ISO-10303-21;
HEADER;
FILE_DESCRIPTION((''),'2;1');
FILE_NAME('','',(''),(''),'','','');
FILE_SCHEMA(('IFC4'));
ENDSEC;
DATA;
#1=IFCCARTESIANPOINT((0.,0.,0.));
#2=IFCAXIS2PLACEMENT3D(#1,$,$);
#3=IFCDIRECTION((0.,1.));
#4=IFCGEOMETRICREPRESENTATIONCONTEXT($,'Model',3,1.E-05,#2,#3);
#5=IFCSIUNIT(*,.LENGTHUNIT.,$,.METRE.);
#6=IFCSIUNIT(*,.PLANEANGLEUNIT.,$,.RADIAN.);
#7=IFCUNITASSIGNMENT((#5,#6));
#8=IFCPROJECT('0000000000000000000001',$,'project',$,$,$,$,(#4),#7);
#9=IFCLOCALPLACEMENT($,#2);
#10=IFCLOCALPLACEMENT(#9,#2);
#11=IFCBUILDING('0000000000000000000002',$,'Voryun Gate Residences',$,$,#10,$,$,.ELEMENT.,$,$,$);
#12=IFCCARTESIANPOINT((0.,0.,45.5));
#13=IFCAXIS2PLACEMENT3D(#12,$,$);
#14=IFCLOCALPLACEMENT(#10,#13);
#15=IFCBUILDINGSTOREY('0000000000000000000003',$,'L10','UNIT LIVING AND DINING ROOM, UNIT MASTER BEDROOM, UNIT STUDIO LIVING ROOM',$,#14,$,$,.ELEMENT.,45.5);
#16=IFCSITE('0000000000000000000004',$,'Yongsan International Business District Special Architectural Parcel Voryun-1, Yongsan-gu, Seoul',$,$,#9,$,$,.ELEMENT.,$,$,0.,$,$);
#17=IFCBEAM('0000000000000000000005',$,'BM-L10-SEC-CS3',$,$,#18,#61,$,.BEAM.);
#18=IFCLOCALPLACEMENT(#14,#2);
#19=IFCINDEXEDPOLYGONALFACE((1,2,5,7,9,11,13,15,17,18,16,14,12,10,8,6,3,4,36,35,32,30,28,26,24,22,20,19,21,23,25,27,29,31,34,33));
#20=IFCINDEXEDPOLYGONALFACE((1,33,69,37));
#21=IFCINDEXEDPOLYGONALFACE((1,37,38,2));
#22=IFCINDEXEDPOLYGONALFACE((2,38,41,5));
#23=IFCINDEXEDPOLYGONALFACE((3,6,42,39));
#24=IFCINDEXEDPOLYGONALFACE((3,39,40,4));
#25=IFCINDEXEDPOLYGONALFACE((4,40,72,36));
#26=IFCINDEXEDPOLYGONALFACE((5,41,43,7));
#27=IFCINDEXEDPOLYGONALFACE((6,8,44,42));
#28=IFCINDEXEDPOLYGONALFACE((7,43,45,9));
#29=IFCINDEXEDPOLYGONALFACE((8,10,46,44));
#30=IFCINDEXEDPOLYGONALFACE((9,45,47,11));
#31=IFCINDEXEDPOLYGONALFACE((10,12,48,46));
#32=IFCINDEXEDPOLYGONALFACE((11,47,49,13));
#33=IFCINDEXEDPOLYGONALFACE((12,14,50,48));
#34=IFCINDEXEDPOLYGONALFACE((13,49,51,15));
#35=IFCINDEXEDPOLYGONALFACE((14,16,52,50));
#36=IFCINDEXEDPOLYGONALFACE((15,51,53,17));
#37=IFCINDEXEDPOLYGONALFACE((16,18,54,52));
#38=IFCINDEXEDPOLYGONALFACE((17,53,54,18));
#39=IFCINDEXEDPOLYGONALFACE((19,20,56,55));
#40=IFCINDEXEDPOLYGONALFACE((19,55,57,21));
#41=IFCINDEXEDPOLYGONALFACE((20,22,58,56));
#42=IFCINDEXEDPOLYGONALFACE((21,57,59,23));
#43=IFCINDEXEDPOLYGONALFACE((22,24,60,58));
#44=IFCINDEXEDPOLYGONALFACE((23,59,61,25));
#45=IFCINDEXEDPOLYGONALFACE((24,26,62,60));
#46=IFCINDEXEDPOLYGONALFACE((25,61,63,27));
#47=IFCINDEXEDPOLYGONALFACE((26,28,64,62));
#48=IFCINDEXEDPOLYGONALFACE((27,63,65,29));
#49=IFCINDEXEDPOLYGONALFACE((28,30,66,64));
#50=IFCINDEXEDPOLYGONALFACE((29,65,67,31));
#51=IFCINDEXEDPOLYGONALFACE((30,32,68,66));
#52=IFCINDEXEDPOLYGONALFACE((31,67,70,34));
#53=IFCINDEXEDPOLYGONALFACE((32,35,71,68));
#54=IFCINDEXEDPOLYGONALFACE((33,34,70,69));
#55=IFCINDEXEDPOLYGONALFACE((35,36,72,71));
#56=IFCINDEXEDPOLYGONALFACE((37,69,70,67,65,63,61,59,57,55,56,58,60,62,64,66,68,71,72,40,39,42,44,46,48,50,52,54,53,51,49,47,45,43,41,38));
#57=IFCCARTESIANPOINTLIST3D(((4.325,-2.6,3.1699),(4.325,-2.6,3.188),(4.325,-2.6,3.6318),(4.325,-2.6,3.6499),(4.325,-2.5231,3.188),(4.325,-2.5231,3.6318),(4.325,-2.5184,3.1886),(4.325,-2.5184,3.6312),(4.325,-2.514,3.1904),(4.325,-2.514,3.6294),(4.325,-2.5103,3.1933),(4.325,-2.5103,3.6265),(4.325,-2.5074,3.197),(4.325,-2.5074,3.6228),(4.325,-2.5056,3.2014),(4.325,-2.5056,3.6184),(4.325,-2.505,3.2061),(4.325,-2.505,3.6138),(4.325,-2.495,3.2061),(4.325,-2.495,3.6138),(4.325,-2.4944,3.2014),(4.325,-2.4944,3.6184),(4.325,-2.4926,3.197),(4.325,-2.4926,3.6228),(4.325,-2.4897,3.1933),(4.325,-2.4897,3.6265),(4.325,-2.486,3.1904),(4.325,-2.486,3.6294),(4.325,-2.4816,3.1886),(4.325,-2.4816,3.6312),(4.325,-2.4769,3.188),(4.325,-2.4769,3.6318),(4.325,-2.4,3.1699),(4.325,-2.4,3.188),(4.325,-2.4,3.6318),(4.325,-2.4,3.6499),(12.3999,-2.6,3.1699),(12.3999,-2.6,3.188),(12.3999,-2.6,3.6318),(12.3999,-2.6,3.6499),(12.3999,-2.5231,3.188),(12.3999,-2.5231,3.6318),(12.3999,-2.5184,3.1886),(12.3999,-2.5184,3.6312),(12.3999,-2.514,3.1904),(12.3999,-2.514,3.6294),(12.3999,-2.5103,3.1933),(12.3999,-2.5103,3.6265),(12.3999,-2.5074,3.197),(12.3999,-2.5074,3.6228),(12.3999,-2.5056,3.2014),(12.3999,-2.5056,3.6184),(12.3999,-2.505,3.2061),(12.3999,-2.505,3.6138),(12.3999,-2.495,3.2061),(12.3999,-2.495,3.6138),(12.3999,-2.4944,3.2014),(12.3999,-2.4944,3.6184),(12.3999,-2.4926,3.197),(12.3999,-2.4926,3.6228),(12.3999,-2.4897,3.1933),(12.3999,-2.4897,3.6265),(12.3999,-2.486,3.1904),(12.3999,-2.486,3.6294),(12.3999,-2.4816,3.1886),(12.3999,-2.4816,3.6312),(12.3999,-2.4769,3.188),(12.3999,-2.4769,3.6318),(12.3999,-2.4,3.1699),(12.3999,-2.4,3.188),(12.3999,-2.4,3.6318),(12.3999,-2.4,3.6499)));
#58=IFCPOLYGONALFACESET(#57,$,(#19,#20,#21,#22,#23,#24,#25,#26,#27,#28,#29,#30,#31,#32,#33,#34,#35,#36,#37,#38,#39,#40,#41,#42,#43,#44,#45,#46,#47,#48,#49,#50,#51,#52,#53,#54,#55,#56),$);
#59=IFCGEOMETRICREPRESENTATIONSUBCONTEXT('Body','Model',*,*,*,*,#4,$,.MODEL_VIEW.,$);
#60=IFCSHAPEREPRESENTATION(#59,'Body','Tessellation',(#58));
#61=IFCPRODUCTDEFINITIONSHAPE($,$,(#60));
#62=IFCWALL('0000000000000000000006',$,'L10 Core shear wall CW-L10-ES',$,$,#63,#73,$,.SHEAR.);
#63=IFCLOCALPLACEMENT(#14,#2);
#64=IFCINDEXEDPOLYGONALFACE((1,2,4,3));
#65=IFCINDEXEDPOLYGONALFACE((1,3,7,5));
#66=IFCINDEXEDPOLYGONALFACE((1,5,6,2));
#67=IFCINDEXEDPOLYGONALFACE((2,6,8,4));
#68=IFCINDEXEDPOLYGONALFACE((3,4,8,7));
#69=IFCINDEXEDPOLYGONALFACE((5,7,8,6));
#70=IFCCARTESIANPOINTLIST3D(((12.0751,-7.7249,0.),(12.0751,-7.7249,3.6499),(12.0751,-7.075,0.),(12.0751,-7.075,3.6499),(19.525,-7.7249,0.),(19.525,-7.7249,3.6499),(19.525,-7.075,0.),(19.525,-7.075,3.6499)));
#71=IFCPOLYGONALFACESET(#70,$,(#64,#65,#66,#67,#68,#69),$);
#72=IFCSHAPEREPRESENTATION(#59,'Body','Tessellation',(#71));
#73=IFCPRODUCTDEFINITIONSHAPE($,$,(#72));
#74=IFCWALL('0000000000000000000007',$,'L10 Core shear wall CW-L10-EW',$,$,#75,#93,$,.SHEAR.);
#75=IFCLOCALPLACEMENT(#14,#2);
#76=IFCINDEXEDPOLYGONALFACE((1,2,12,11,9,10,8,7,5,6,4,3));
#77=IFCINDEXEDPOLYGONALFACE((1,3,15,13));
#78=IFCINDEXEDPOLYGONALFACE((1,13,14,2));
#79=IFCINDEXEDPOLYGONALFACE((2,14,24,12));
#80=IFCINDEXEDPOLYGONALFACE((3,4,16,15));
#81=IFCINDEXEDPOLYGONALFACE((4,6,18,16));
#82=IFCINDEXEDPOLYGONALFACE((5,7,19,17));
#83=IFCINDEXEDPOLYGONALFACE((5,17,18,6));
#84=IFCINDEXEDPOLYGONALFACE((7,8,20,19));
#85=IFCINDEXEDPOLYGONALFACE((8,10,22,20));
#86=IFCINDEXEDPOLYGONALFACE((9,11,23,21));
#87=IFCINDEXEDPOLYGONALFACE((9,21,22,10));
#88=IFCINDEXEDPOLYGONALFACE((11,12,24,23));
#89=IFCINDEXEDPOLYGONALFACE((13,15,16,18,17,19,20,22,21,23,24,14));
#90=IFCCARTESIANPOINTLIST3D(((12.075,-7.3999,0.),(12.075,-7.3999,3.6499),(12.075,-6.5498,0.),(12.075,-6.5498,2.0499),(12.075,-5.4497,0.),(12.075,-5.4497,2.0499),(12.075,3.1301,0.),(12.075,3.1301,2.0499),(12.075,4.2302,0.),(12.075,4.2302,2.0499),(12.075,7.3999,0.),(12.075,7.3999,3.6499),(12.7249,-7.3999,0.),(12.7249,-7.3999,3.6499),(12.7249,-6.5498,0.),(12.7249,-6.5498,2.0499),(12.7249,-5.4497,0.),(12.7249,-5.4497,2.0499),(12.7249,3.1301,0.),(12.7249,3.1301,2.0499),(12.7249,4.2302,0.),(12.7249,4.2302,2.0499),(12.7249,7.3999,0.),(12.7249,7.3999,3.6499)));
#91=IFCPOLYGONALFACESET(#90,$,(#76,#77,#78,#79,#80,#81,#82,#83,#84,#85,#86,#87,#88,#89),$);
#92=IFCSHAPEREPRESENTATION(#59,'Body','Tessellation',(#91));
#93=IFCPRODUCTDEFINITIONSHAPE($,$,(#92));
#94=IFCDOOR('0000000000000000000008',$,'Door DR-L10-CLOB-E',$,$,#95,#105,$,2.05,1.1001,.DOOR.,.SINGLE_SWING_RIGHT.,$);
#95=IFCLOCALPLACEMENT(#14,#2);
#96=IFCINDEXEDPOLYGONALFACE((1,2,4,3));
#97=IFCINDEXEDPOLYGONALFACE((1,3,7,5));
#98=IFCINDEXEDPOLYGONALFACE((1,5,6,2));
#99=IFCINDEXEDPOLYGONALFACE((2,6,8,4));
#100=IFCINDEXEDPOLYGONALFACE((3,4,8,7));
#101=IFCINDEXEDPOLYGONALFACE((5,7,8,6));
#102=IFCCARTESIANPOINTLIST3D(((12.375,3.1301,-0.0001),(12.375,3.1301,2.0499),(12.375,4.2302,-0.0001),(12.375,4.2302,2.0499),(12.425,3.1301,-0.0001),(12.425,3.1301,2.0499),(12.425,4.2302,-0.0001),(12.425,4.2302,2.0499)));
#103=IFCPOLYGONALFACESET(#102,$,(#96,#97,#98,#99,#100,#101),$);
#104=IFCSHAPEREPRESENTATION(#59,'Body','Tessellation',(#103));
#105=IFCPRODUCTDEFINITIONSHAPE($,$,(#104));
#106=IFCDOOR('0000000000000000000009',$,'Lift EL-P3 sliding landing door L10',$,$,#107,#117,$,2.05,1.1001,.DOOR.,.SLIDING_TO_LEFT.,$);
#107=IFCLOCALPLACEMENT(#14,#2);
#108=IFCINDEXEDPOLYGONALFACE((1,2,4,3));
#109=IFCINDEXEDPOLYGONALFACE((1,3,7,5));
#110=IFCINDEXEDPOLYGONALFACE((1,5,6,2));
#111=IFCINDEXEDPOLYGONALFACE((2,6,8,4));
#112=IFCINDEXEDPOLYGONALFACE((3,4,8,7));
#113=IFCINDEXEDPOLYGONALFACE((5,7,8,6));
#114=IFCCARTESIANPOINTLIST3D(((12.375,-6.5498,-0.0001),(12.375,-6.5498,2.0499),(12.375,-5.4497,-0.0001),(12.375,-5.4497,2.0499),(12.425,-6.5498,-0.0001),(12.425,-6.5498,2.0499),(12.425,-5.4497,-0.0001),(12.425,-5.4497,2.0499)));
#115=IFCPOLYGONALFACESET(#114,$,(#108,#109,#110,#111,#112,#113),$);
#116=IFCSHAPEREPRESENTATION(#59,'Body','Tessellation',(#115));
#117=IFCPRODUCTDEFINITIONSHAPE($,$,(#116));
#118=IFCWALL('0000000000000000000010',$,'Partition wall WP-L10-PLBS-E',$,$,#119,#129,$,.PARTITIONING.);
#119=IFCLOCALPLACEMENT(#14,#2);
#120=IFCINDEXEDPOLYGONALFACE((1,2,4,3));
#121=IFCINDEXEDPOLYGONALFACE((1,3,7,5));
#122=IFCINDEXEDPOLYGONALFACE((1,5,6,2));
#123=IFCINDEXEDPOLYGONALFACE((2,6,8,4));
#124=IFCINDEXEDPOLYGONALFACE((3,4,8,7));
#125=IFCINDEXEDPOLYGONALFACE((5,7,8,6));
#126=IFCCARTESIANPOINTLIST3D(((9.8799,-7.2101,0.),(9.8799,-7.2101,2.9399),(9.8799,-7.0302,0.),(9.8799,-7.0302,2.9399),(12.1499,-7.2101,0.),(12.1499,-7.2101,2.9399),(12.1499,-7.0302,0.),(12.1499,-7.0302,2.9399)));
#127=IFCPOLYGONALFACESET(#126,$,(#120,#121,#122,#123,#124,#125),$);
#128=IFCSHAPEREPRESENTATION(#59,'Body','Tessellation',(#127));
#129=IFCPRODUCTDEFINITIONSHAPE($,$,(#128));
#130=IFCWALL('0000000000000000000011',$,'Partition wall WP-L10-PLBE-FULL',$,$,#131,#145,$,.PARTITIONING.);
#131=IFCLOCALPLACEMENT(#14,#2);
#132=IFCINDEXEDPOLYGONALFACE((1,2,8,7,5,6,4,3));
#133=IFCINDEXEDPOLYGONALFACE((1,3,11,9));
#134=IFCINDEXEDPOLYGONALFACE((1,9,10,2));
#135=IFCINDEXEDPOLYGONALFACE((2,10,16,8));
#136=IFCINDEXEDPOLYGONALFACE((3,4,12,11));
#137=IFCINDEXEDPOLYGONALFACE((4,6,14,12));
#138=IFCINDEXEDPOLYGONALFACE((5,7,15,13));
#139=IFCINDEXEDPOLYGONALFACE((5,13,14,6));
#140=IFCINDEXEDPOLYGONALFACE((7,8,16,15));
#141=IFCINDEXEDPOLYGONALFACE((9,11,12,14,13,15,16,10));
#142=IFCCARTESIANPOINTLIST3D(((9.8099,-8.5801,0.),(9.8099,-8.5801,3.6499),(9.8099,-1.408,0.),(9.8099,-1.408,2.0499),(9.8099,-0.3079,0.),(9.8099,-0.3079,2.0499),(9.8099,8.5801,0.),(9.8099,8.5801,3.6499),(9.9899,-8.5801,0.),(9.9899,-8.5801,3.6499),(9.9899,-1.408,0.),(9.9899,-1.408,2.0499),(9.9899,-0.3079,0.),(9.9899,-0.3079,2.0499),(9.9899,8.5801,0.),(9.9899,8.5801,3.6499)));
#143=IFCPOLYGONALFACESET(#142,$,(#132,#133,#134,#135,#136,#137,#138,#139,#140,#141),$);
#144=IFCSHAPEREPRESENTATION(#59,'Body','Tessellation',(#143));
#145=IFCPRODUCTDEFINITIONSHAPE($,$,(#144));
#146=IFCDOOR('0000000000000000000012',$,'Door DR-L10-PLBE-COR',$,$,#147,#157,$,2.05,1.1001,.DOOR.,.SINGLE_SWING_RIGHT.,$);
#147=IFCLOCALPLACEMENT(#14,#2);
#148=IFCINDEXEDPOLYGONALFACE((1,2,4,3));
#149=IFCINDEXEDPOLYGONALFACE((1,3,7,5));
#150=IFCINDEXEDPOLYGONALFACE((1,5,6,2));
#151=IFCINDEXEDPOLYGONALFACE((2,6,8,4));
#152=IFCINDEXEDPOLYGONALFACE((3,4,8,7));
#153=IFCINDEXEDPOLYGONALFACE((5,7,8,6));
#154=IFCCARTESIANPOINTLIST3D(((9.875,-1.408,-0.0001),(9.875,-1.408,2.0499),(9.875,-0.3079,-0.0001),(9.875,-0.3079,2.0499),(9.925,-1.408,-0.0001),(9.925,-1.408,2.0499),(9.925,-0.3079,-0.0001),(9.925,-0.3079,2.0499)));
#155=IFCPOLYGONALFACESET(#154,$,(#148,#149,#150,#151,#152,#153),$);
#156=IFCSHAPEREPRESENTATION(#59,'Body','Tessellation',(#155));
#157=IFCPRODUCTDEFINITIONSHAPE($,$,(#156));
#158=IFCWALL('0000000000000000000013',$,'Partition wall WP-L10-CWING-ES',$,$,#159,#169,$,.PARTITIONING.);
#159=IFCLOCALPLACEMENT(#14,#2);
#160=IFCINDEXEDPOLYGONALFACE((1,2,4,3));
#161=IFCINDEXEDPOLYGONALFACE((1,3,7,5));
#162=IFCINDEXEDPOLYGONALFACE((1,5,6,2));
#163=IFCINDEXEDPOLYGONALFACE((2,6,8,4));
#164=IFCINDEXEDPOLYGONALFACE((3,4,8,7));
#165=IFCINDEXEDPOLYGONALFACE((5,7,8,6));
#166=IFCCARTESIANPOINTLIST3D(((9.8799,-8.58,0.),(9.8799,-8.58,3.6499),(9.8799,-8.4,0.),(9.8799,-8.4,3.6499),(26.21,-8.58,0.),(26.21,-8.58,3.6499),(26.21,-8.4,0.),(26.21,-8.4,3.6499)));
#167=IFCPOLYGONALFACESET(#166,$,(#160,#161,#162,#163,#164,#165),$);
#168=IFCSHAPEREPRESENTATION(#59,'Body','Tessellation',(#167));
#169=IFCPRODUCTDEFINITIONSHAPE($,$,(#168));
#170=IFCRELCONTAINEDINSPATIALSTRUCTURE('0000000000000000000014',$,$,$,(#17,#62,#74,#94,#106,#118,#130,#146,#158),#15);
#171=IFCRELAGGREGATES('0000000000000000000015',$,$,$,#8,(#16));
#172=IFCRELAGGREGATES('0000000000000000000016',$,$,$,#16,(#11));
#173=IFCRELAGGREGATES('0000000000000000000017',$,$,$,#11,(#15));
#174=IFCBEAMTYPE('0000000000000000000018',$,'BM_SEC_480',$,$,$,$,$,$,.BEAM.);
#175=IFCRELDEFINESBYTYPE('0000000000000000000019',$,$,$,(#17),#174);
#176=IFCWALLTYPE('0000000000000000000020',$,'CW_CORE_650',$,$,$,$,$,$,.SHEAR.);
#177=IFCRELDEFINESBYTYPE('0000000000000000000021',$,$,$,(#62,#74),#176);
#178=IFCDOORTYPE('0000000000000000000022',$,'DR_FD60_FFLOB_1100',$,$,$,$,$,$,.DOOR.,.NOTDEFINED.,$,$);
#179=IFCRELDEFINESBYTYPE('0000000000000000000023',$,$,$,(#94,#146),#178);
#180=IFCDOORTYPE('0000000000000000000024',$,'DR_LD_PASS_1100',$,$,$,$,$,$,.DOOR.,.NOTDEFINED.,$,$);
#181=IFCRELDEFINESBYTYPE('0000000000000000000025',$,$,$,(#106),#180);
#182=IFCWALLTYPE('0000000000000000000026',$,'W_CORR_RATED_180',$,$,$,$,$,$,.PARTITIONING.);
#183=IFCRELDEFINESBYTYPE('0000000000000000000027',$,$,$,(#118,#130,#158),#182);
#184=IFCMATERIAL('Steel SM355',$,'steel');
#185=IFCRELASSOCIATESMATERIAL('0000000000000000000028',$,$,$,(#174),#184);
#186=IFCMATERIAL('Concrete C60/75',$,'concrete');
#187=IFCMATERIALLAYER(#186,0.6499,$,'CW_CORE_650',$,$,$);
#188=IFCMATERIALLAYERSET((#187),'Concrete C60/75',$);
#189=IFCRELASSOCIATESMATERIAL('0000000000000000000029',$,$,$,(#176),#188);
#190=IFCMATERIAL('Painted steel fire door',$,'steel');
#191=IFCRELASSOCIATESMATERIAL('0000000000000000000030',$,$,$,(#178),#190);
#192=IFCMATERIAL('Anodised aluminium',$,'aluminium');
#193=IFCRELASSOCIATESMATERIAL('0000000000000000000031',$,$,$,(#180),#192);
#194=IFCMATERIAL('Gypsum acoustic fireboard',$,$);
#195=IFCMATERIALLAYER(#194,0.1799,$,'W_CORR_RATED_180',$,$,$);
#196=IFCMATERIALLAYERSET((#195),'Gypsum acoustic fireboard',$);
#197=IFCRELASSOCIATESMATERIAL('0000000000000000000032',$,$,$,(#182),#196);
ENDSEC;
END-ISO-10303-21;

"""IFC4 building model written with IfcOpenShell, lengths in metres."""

from ifc_helpers import new_model, si_unit, direction, frame, frame_2d, origin, origin_2d, place, context, subcontext, project, spatial, rectangle, i_section, extrude, material, layer, layer_set, material_profile, profile_set, type_object, element, fill, save


model = new_model("IFC4")

# Units and contexts
model_context = context("Model", 3, precision=1e-05, world=origin(), true_north=direction((0.0, 1.0)))
body_context = subcontext(model_context, "Body", "Model", "MODEL_VIEW")
ifc_project = project(units=[si_unit("LENGTHUNIT", "METRE"), si_unit("PLANEANGLEUNIT", "RADIAN")], contexts=[model_context])

# Site, building, storey
site_placement = place(None, origin())
site = spatial("IfcSite", under=ifc_project, at=site_placement, Name="Yongsan International Business District Special Architectural Parcel Voryun-1, Yongsan-gu, Seoul", CompositionType="ELEMENT", RefElevation=0.0)
building_placement = place(site_placement, origin())
building = spatial("IfcBuilding", under=site, at=building_placement, Name="Voryun Gate Residences", CompositionType="ELEMENT")
storey_placement = place(building_placement, frame((0.0, 0.0, 45.5)))
storey = spatial("IfcBuildingStorey", under=building, at=storey_placement, Name="L10", Description="UNIT LIVING AND DINING ROOM, UNIT MASTER BEDROOM, UNIT STUDIO LIVING ROOM", CompositionType="ELEMENT", Elevation=45.5)

# Beam
ifc_material_1 = material(Name="Steel SM355", Category="steel")
ifc_material_profile_1 = material_profile(ifc_material_1, i_section(OverallWidth=0.2, OverallDepth=0.48, WebThickness=0.01, FlangeThickness=0.0181, FilletRadius=0.0181, at=origin_2d()), Name="H-480x200x10x18")
ifc_profile_set_1 = profile_set([ifc_material_profile_1], Name="Steel SM355")
beam_type_1 = type_object("IfcBeamType", Name="BM_SEC_480", PredefinedType="BEAM", material=ifc_profile_set_1)
beam_1_placement = place(storey_placement, frame((4.325, -2.5, 3.4099), z_axis=(1.0, 0.0, 0.0), x_axis=(0.0, 1.0, 0.0)))
element("IfcBeam", 1, at=beam_1_placement, inside=storey, type_object=beam_type_1, Name="BM-L10-SEC-CS3", PredefinedType="BEAM", context=body_context, shape_type="SweptSolid", body=[
    extrude(i_section(OverallWidth=0.2, OverallDepth=0.48, WebThickness=0.01, FlangeThickness=0.0181, FilletRadius=0.0181, at=origin_2d()), origin(), (0.0, 0.0, 1.0), 8.075),
])

# Wall
ifc_material_2 = material(Name="Concrete C60/75", Category="concrete")
ifc_layer_1 = layer(ifc_material_2, 0.6499, Name="CW_CORE_650")
ifc_layer_set_1 = layer_set([ifc_layer_1], Name="Concrete C60/75")
wall_type_1 = type_object("IfcWallType", Name="CW_CORE_650", PredefinedType="SHEAR", material=ifc_layer_set_1)
wall_1_placement = place(storey_placement, frame((12.075, -7.3999, 0.0), z_axis=(0.0, 0.0, 1.0), x_axis=(1.0, 0.0, 0.0)))
element("IfcWall", 2, at=wall_1_placement, inside=storey, type_object=wall_type_1, Name="L10 Core shear wall CW-L10-ES", PredefinedType="SHEAR", context=body_context, shape_type="SweptSolid", body=[
    extrude(rectangle(XDim=7.45, YDim=0.6499, at=frame_2d((3.7251, 0.0))), origin(), (0.0, 0.0, 1.0), 3.6499),
])

# Wall, openings, doors
wall_2_placement = place(storey_placement, frame((12.3999, -7.3999, 0.0), z_axis=(0.0, 0.0, 1.0), x_axis=(0.0, 1.0, 0.0)))
wall_2 = element("IfcWall", 3, at=wall_2_placement, inside=storey, type_object=wall_type_1, Name="L10 Core shear wall CW-L10-EW", PredefinedType="SHEAR", context=body_context, shape_type="SweptSolid", body=[
    extrude(rectangle(XDim=14.7998, YDim=0.6499, at=frame_2d((7.3999, 0.0))), origin(), (0.0, 0.0, 1.0), 3.6499),
])
opening_1_placement = place(wall_2_placement, frame((0.8501, 0.0, 0.0)))
opening_1 = element("IfcOpeningElement", 4, at=opening_1_placement, cuts=wall_2, PredefinedType="OPENING", context=body_context, shape_type="SweptSolid", body=[
    extrude(rectangle(XDim=1.1001, YDim=2.05, at=frame_2d((0.55, 1.0249))), frame((0.0, 0.335, 0.0), z_axis=(0.0, -1.0, 0.0), x_axis=(1.0, 0.0, 0.0)), (0.0, 0.0, 1.0), 0.6699),
])
opening_2_placement = place(wall_2_placement, frame((10.53, 0.0, 0.0)))
opening_2 = element("IfcOpeningElement", 5, at=opening_2_placement, cuts=wall_2, PredefinedType="OPENING", context=body_context, shape_type="SweptSolid", body=[
    extrude(rectangle(XDim=1.1001, YDim=2.05, at=frame_2d((0.55, 1.0249))), frame((0.0, 0.335, 0.0), z_axis=(0.0, -1.0, 0.0), x_axis=(1.0, 0.0, 0.0)), (0.0, 0.0, 1.0), 0.6699),
])
ifc_material_3 = material(Name="Painted steel fire door", Category="steel")
door_type_1 = type_object("IfcDoorType", Name="DR_FD60_FFLOB_1100", OperationType="NOTDEFINED", PredefinedType="DOOR", material=ifc_material_3)
door_1_placement = place(opening_2_placement, origin())
door_1 = element("IfcDoor", 6, at=door_1_placement, inside=storey, type_object=door_type_1, Name="Door DR-L10-CLOB-E", OperationType="SINGLE_SWING_RIGHT", OverallHeight=2.05, OverallWidth=1.1001, PredefinedType="DOOR", context=body_context, shape_type="SweptSolid", body=[
    extrude(rectangle(XDim=1.1001, YDim=2.05, at=frame_2d((0.55, 1.0249))), frame((0.0, 0.0249, 0.0), z_axis=(0.0, -1.0, 0.0), x_axis=(1.0, 0.0, 0.0)), (0.0, 0.0, 1.0), 0.05),
])
fill(opening_2, door_1)
ifc_material_4 = material(Name="Anodised aluminium", Category="aluminium")
door_type_2 = type_object("IfcDoorType", Name="DR_LD_PASS_1100", OperationType="NOTDEFINED", PredefinedType="DOOR", material=ifc_material_4)
door_2_placement = place(opening_1_placement, origin())
door_2 = element("IfcDoor", 7, at=door_2_placement, inside=storey, type_object=door_type_2, Name="Lift EL-P3 sliding landing door L10", OperationType="SLIDING_TO_LEFT", OverallHeight=2.05, OverallWidth=1.1001, PredefinedType="DOOR", context=body_context, shape_type="SweptSolid", body=[
    extrude(rectangle(XDim=1.1001, YDim=2.05, at=frame_2d((0.55, 1.0249))), frame((0.0, 0.0249, 0.0), z_axis=(0.0, -1.0, 0.0), x_axis=(1.0, 0.0, 0.0)), (0.0, 0.0, 1.0), 0.05),
])
fill(opening_1, door_2)

# Wall
ifc_material_5 = material(Name="Gypsum acoustic fireboard")
ifc_layer_2 = layer(ifc_material_5, 0.1799, Name="W_CORR_RATED_180")
ifc_layer_set_2 = layer_set([ifc_layer_2], Name="Gypsum acoustic fireboard")
wall_type_2 = type_object("IfcWallType", Name="W_CORR_RATED_180", PredefinedType="PARTITIONING", material=ifc_layer_set_2)
wall_3_placement = place(storey_placement, frame((9.8799, -7.1201, 0.0), z_axis=(0.0, 0.0, 1.0), x_axis=(1.0, 0.0, 0.0)))
element("IfcWall", 8, at=wall_3_placement, inside=storey, type_object=wall_type_2, Name="Partition wall WP-L10-PLBS-E", PredefinedType="PARTITIONING", context=body_context, shape_type="SweptSolid", body=[
    extrude(rectangle(XDim=2.27, YDim=0.1799, at=frame_2d((1.135, 0.0))), origin(), (0.0, 0.0, 1.0), 2.9399),
])

# Wall, opening, door
wall_4_placement = place(storey_placement, frame((9.8999, -8.5801, 0.0), z_axis=(0.0, 0.0, 1.0), x_axis=(0.0, 1.0, 0.0)))
wall_4 = element("IfcWall", 9, at=wall_4_placement, inside=storey, type_object=wall_type_2, Name="Partition wall WP-L10-PLBE-FULL", PredefinedType="PARTITIONING", context=body_context, shape_type="SweptSolid", body=[
    extrude(rectangle(XDim=17.1602, YDim=0.1799, at=frame_2d((8.5801, 0.0))), origin(), (0.0, 0.0, 1.0), 3.6499),
])
opening_3_placement = place(wall_4_placement, frame((7.1721, 0.0, 0.0)))
opening_3 = element("IfcOpeningElement", 10, at=opening_3_placement, cuts=wall_4, PredefinedType="OPENING", context=body_context, shape_type="SweptSolid", body=[
    extrude(rectangle(XDim=1.1001, YDim=2.05, at=frame_2d((0.55, 1.0249))), frame((0.0, 0.0999, 0.0), z_axis=(0.0, -1.0, 0.0), x_axis=(1.0, 0.0, 0.0)), (0.0, 0.0, 1.0), 0.2),
])
door_3_placement = place(opening_3_placement, origin())
door_3 = element("IfcDoor", 11, at=door_3_placement, inside=storey, type_object=door_type_1, Name="Door DR-L10-PLBE-COR", OperationType="SINGLE_SWING_RIGHT", OverallHeight=2.05, OverallWidth=1.1001, PredefinedType="DOOR", context=body_context, shape_type="SweptSolid", body=[
    extrude(rectangle(XDim=1.1001, YDim=2.05, at=frame_2d((0.55, 1.0249))), frame((0.0, 0.0249, 0.0), z_axis=(0.0, -1.0, 0.0), x_axis=(1.0, 0.0, 0.0)), (0.0, 0.0, 1.0), 0.05),
])
fill(opening_3, door_3)

# Wall
wall_5_placement = place(storey_placement, frame((9.8799, -8.49, 0.0), z_axis=(0.0, 0.0, 1.0), x_axis=(1.0, 0.0, 0.0)))
element("IfcWall", 12, at=wall_5_placement, inside=storey, type_object=wall_type_2, Name="Partition wall WP-L10-CWING-ES", PredefinedType="PARTITIONING", context=body_context, shape_type="SweptSolid", body=[
    extrude(rectangle(XDim=16.3301, YDim=0.1799, at=frame_2d((8.165, 0.0))), origin(), (0.0, 0.0, 1.0), 3.6499),
])

save(model, "model.ifc")
